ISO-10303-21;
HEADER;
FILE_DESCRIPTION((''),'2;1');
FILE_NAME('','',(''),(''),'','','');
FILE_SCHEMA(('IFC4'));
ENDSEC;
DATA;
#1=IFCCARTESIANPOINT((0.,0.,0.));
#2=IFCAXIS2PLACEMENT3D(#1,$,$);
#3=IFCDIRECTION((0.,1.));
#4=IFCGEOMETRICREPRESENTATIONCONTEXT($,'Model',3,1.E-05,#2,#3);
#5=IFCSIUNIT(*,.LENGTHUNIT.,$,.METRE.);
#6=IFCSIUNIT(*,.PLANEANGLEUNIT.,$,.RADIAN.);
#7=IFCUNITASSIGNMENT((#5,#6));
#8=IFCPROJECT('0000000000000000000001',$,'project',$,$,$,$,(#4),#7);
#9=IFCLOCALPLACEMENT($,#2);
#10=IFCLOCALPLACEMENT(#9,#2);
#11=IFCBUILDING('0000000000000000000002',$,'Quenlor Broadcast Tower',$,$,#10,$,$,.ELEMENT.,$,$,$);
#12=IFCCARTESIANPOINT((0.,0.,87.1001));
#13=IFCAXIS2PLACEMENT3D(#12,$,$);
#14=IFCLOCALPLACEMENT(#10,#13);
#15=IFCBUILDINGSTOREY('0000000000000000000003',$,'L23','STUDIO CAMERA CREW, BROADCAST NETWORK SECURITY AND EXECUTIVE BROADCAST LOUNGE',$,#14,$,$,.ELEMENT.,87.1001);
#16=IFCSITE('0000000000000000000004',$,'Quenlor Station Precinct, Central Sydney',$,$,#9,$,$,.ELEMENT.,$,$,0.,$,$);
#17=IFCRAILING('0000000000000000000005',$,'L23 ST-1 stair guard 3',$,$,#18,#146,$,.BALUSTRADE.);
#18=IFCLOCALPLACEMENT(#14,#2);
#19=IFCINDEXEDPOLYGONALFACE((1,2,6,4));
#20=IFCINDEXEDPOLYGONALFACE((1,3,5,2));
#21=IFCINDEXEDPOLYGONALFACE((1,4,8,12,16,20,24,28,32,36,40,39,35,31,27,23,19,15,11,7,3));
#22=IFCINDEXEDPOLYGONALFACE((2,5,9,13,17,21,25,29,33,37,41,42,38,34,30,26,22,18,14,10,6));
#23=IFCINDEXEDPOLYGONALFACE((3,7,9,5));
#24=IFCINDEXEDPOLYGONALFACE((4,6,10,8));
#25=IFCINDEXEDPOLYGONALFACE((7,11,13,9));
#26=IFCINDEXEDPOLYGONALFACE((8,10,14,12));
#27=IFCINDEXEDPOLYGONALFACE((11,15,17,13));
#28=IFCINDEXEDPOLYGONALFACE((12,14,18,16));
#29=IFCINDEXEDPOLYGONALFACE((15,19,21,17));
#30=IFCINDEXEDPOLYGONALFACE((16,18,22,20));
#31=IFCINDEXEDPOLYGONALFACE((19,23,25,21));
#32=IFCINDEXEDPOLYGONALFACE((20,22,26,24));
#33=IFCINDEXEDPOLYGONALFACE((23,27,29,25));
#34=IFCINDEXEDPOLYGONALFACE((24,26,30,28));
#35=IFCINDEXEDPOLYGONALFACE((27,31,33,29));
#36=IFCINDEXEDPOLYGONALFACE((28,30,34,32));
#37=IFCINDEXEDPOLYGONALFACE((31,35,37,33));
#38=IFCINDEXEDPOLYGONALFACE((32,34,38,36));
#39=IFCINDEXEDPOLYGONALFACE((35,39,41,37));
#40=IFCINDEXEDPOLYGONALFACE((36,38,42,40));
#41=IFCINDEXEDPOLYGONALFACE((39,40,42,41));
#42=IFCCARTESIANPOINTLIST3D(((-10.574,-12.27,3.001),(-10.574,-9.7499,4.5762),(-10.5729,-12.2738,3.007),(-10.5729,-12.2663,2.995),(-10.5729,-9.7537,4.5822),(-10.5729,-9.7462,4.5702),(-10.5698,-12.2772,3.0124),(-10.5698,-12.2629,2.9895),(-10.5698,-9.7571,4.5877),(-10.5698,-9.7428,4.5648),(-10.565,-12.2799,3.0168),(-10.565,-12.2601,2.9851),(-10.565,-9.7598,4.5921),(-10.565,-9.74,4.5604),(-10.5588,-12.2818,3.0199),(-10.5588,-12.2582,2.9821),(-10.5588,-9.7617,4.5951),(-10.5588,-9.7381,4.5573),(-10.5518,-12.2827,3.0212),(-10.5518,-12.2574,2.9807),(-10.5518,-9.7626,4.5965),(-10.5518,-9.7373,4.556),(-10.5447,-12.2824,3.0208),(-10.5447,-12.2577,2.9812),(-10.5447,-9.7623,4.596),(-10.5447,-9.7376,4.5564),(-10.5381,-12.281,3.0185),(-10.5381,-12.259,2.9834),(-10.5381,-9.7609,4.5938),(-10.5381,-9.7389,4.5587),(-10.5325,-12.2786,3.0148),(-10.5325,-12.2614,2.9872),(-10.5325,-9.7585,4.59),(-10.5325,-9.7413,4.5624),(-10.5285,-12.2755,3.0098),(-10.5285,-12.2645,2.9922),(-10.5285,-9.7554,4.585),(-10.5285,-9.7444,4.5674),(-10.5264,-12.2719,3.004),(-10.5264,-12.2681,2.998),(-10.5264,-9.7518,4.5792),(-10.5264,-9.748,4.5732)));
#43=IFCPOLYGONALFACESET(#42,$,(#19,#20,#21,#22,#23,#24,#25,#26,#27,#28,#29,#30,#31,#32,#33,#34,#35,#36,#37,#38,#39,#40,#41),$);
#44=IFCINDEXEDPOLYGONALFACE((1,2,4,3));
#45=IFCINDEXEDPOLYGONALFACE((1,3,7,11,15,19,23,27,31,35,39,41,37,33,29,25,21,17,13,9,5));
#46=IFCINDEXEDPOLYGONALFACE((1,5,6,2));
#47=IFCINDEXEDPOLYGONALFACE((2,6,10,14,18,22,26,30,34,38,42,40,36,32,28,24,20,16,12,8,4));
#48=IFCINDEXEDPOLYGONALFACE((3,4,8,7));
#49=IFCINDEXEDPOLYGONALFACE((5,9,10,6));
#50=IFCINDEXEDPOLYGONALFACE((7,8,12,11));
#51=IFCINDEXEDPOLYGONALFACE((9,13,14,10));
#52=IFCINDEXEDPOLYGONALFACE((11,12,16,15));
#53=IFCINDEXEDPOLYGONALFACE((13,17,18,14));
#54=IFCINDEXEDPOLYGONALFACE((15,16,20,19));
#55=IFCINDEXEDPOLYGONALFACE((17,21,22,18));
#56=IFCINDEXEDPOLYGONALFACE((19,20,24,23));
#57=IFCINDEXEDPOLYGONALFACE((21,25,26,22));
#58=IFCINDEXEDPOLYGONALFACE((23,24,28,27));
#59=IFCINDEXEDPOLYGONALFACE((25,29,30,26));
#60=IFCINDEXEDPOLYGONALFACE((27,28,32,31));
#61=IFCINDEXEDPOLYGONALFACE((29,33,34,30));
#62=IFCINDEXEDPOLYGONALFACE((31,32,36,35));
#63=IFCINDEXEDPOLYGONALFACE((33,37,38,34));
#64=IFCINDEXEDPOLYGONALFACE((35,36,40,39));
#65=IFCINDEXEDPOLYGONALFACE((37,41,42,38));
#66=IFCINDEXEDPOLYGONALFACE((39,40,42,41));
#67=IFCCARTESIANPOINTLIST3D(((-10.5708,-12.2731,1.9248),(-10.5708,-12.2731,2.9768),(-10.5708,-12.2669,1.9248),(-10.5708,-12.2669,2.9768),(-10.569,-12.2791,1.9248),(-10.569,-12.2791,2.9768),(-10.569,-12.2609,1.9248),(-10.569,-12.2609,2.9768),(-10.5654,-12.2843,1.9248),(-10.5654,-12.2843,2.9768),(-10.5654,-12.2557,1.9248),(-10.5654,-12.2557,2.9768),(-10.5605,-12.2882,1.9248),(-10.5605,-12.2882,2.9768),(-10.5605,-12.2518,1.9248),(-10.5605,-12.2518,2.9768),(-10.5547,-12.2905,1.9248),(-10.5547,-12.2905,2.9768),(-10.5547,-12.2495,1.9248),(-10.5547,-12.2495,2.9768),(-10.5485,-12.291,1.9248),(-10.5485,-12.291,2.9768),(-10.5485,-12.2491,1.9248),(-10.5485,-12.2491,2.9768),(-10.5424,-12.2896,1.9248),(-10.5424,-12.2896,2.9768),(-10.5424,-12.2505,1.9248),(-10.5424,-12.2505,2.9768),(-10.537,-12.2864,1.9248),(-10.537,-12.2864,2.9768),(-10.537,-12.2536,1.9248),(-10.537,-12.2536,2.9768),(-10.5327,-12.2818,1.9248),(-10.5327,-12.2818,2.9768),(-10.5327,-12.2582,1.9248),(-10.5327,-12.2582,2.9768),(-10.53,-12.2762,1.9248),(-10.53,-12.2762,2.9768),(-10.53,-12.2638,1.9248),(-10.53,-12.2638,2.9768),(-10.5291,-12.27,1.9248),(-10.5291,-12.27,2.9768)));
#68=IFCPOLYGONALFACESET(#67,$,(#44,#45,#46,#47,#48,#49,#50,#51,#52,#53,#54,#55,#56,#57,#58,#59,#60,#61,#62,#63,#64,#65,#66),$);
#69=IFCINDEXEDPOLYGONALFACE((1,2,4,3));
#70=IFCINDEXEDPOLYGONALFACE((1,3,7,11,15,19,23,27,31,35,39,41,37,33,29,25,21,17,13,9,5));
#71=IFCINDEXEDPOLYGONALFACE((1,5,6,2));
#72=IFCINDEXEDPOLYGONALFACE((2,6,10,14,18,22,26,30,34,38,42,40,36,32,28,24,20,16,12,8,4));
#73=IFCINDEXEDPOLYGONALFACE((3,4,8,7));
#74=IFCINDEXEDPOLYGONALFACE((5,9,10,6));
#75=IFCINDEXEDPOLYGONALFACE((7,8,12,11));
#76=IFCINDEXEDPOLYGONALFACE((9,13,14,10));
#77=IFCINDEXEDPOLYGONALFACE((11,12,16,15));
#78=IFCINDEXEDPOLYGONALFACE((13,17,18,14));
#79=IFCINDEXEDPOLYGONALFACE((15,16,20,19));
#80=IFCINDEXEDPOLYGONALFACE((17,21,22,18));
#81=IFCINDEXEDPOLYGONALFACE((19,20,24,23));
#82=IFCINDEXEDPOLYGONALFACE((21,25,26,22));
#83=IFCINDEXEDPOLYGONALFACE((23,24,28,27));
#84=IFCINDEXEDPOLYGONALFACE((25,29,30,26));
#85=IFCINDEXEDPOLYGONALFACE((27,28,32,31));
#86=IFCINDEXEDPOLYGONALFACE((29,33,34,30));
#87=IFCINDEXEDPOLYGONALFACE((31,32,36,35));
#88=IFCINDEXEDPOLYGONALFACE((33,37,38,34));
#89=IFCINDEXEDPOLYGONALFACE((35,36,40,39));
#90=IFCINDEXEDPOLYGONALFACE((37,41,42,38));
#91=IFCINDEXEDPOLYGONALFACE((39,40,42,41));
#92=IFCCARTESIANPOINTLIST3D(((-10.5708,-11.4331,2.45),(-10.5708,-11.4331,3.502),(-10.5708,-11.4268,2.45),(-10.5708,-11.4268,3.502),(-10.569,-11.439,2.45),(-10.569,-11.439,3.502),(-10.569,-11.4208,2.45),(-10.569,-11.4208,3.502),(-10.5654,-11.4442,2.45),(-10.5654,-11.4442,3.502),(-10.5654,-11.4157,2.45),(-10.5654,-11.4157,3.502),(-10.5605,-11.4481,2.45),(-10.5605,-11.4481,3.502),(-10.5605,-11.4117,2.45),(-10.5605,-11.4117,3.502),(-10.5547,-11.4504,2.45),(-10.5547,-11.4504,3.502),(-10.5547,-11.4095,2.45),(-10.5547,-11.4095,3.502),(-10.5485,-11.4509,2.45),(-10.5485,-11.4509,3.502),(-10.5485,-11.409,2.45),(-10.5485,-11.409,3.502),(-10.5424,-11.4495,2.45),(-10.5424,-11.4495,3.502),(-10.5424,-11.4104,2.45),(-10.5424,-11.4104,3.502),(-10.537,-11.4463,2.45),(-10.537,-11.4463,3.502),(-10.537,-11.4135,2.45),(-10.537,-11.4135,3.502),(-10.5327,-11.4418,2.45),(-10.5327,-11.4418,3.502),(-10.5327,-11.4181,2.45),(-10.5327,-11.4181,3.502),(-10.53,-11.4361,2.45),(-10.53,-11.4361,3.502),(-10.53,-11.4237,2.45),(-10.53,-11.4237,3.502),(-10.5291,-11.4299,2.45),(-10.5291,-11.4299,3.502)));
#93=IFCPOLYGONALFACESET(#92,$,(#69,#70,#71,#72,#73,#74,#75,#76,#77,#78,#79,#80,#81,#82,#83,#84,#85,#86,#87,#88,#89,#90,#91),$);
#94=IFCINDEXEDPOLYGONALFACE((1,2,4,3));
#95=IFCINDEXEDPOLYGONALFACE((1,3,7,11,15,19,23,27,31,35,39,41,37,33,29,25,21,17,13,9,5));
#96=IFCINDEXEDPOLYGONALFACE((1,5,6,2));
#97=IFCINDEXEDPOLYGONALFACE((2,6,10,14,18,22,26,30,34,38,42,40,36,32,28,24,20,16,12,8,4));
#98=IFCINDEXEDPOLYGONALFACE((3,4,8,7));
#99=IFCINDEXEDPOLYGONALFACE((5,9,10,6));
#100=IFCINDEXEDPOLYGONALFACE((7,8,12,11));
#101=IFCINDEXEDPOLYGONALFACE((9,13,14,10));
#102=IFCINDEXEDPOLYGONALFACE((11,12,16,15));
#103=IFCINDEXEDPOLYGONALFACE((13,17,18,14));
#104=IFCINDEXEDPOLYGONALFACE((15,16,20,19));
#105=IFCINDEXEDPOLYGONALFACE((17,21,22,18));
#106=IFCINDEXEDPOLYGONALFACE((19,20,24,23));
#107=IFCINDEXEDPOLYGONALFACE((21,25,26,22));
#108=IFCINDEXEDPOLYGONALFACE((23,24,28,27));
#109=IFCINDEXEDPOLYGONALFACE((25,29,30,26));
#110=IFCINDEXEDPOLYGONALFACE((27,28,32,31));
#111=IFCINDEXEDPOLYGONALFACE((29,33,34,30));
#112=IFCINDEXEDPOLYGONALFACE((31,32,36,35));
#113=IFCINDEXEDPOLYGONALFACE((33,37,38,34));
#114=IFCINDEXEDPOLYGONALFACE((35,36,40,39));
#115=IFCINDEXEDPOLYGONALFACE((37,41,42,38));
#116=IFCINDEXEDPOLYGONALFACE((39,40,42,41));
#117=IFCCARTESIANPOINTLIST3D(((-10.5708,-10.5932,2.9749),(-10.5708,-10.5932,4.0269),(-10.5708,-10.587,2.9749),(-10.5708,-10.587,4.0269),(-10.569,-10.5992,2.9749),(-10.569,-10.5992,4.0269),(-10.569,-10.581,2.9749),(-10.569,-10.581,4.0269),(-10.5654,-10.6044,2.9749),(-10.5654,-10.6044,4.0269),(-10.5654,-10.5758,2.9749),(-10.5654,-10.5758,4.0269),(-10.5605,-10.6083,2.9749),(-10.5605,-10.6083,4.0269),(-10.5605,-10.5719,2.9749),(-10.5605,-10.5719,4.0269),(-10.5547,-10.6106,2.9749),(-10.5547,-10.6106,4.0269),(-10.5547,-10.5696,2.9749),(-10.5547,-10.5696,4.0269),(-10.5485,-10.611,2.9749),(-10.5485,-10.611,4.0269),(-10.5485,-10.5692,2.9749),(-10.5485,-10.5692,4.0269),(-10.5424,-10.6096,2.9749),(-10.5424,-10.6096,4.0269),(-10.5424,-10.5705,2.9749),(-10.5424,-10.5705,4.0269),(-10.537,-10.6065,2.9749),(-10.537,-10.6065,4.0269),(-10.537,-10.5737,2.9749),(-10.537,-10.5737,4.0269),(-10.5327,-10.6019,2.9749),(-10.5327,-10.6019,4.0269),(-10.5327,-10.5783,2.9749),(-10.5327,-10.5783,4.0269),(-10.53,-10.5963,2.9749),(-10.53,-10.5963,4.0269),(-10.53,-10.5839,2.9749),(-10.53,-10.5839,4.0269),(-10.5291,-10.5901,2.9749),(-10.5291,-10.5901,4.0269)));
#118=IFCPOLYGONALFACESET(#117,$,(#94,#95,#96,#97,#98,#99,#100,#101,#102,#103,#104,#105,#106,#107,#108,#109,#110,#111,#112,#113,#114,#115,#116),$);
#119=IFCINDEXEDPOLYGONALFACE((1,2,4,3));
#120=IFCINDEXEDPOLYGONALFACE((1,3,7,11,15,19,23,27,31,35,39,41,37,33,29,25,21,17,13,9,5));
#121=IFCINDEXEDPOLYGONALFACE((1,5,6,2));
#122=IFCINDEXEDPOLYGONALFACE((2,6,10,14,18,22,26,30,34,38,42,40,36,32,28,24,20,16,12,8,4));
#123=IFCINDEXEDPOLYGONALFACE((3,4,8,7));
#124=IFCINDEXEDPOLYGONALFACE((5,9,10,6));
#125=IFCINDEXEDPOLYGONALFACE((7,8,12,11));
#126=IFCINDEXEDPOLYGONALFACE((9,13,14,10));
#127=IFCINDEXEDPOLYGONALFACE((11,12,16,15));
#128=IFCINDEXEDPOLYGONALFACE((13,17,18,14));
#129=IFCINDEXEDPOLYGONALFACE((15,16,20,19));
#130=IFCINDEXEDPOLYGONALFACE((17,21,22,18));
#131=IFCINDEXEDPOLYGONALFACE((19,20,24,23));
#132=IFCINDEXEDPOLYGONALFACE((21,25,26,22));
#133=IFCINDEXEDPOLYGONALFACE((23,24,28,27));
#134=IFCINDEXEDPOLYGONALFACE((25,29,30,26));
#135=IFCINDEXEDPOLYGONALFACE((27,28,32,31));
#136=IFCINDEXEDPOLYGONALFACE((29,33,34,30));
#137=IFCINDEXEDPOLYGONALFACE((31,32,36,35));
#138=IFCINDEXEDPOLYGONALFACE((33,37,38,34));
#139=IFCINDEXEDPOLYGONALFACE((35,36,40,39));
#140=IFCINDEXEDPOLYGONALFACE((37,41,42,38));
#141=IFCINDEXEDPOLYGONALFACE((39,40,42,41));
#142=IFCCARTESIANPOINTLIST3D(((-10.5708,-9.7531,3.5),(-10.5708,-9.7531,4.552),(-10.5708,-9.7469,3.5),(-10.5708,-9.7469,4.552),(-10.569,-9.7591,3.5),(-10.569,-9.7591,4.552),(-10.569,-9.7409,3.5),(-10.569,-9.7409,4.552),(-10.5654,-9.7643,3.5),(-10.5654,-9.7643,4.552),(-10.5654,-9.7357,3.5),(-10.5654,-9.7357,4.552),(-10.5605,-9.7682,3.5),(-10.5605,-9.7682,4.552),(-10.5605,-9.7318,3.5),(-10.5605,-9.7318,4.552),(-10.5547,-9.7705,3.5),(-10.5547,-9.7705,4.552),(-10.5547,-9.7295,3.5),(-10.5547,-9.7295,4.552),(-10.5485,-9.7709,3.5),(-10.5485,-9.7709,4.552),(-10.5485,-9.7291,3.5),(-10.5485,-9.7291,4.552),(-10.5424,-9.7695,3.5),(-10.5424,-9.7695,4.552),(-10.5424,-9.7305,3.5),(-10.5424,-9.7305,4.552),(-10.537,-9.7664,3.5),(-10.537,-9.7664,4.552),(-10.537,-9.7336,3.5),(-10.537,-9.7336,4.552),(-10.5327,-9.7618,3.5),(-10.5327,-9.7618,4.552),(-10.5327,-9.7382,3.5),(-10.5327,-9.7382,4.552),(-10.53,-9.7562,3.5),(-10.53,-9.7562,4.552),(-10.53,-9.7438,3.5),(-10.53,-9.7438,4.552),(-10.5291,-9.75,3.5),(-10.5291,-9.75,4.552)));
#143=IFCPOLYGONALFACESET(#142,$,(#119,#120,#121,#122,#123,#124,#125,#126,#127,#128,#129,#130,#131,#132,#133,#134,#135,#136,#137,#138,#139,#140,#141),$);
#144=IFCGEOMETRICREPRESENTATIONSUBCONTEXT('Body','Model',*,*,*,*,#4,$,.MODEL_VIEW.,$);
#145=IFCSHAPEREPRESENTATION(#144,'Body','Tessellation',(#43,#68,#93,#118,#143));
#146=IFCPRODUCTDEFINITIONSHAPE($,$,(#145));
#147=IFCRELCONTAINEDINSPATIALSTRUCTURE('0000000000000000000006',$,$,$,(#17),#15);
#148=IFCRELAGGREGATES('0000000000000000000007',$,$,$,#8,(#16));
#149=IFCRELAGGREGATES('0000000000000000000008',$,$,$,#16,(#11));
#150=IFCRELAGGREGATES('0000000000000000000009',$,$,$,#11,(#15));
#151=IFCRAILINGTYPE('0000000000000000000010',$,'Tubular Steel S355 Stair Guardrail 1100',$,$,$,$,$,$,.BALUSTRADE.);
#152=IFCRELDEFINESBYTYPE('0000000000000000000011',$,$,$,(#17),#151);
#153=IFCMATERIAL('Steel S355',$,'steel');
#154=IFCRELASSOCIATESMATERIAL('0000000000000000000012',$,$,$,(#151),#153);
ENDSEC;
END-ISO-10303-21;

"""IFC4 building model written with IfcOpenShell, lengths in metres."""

from ifc_helpers import new_model, si_unit, direction, frame, origin, origin_2d, place, context, subcontext, project, spatial, circle, extrude, material, type_object, element, save


model = new_model("IFC4")

# Units and contexts
model_context = context("Model", 3, precision=1e-05, world=origin(), true_north=direction((0.0, 1.0)))
body_context = subcontext(model_context, "Body", "Model", "MODEL_VIEW")
ifc_project = project(units=[si_unit("LENGTHUNIT", "METRE"), si_unit("PLANEANGLEUNIT", "RADIAN")], contexts=[model_context])

# Site, building, storey
site_placement = place(None, origin())
site = spatial("IfcSite", under=ifc_project, at=site_placement, Name="Quenlor Station Precinct, Central Sydney", CompositionType="ELEMENT", RefElevation=0.0)
building_placement = place(site_placement, origin())
building = spatial("IfcBuilding", under=site, at=building_placement, Name="Quenlor Broadcast Tower", CompositionType="ELEMENT")
storey_placement = place(building_placement, frame((0.0, 0.0, 87.1001)))
storey = spatial("IfcBuildingStorey", under=building, at=storey_placement, Name="L23", Description="STUDIO CAMERA CREW, BROADCAST NETWORK SECURITY AND EXECUTIVE BROADCAST LOUNGE", CompositionType="ELEMENT", Elevation=87.1001)

# Railing
ifc_material_1 = material(Name="Steel S355", Category="steel")
railing_type_1 = type_object("IfcRailingType", Name="Tubular Steel S355 Stair Guardrail 1100", PredefinedType="BALUSTRADE", material=ifc_material_1)
railing_1_placement = place(storey_placement, frame((-10.55, -12.27, 1.9248)))
element("IfcRailing", 1, at=railing_1_placement, inside=storey, type_object=railing_type_1, Name="L23 ST-1 stair guard 3", PredefinedType="BALUSTRADE", context=body_context, shape_type="SweptSolid", body=[
    extrude(circle(Radius=0.0239, at=origin_2d()), frame((0.0, 0.0, 1.0762), z_axis=(0.0, 0.847971, 0.530043), x_axis=(-1.0, 0.0, 0.0)), (0.0, 0.0, 1.0), 2.9719),
    extrude(circle(Radius=0.021, at=origin_2d()), origin(), (0.0, 0.0, 1.0), 1.052),
    extrude(circle(Radius=0.021, at=origin_2d()), frame((0.0, 0.8401, 0.5251)), (0.0, 0.0, 1.0), 1.052),
    extrude(circle(Radius=0.021, at=origin_2d()), frame((0.0, 1.6799, 1.05)), (0.0, 0.0, 1.0), 1.052),
    extrude(circle(Radius=0.021, at=origin_2d()), frame((0.0, 2.52, 1.5752)), (0.0, 0.0, 1.0), 1.052),
])

save(model, "model.ifc")
